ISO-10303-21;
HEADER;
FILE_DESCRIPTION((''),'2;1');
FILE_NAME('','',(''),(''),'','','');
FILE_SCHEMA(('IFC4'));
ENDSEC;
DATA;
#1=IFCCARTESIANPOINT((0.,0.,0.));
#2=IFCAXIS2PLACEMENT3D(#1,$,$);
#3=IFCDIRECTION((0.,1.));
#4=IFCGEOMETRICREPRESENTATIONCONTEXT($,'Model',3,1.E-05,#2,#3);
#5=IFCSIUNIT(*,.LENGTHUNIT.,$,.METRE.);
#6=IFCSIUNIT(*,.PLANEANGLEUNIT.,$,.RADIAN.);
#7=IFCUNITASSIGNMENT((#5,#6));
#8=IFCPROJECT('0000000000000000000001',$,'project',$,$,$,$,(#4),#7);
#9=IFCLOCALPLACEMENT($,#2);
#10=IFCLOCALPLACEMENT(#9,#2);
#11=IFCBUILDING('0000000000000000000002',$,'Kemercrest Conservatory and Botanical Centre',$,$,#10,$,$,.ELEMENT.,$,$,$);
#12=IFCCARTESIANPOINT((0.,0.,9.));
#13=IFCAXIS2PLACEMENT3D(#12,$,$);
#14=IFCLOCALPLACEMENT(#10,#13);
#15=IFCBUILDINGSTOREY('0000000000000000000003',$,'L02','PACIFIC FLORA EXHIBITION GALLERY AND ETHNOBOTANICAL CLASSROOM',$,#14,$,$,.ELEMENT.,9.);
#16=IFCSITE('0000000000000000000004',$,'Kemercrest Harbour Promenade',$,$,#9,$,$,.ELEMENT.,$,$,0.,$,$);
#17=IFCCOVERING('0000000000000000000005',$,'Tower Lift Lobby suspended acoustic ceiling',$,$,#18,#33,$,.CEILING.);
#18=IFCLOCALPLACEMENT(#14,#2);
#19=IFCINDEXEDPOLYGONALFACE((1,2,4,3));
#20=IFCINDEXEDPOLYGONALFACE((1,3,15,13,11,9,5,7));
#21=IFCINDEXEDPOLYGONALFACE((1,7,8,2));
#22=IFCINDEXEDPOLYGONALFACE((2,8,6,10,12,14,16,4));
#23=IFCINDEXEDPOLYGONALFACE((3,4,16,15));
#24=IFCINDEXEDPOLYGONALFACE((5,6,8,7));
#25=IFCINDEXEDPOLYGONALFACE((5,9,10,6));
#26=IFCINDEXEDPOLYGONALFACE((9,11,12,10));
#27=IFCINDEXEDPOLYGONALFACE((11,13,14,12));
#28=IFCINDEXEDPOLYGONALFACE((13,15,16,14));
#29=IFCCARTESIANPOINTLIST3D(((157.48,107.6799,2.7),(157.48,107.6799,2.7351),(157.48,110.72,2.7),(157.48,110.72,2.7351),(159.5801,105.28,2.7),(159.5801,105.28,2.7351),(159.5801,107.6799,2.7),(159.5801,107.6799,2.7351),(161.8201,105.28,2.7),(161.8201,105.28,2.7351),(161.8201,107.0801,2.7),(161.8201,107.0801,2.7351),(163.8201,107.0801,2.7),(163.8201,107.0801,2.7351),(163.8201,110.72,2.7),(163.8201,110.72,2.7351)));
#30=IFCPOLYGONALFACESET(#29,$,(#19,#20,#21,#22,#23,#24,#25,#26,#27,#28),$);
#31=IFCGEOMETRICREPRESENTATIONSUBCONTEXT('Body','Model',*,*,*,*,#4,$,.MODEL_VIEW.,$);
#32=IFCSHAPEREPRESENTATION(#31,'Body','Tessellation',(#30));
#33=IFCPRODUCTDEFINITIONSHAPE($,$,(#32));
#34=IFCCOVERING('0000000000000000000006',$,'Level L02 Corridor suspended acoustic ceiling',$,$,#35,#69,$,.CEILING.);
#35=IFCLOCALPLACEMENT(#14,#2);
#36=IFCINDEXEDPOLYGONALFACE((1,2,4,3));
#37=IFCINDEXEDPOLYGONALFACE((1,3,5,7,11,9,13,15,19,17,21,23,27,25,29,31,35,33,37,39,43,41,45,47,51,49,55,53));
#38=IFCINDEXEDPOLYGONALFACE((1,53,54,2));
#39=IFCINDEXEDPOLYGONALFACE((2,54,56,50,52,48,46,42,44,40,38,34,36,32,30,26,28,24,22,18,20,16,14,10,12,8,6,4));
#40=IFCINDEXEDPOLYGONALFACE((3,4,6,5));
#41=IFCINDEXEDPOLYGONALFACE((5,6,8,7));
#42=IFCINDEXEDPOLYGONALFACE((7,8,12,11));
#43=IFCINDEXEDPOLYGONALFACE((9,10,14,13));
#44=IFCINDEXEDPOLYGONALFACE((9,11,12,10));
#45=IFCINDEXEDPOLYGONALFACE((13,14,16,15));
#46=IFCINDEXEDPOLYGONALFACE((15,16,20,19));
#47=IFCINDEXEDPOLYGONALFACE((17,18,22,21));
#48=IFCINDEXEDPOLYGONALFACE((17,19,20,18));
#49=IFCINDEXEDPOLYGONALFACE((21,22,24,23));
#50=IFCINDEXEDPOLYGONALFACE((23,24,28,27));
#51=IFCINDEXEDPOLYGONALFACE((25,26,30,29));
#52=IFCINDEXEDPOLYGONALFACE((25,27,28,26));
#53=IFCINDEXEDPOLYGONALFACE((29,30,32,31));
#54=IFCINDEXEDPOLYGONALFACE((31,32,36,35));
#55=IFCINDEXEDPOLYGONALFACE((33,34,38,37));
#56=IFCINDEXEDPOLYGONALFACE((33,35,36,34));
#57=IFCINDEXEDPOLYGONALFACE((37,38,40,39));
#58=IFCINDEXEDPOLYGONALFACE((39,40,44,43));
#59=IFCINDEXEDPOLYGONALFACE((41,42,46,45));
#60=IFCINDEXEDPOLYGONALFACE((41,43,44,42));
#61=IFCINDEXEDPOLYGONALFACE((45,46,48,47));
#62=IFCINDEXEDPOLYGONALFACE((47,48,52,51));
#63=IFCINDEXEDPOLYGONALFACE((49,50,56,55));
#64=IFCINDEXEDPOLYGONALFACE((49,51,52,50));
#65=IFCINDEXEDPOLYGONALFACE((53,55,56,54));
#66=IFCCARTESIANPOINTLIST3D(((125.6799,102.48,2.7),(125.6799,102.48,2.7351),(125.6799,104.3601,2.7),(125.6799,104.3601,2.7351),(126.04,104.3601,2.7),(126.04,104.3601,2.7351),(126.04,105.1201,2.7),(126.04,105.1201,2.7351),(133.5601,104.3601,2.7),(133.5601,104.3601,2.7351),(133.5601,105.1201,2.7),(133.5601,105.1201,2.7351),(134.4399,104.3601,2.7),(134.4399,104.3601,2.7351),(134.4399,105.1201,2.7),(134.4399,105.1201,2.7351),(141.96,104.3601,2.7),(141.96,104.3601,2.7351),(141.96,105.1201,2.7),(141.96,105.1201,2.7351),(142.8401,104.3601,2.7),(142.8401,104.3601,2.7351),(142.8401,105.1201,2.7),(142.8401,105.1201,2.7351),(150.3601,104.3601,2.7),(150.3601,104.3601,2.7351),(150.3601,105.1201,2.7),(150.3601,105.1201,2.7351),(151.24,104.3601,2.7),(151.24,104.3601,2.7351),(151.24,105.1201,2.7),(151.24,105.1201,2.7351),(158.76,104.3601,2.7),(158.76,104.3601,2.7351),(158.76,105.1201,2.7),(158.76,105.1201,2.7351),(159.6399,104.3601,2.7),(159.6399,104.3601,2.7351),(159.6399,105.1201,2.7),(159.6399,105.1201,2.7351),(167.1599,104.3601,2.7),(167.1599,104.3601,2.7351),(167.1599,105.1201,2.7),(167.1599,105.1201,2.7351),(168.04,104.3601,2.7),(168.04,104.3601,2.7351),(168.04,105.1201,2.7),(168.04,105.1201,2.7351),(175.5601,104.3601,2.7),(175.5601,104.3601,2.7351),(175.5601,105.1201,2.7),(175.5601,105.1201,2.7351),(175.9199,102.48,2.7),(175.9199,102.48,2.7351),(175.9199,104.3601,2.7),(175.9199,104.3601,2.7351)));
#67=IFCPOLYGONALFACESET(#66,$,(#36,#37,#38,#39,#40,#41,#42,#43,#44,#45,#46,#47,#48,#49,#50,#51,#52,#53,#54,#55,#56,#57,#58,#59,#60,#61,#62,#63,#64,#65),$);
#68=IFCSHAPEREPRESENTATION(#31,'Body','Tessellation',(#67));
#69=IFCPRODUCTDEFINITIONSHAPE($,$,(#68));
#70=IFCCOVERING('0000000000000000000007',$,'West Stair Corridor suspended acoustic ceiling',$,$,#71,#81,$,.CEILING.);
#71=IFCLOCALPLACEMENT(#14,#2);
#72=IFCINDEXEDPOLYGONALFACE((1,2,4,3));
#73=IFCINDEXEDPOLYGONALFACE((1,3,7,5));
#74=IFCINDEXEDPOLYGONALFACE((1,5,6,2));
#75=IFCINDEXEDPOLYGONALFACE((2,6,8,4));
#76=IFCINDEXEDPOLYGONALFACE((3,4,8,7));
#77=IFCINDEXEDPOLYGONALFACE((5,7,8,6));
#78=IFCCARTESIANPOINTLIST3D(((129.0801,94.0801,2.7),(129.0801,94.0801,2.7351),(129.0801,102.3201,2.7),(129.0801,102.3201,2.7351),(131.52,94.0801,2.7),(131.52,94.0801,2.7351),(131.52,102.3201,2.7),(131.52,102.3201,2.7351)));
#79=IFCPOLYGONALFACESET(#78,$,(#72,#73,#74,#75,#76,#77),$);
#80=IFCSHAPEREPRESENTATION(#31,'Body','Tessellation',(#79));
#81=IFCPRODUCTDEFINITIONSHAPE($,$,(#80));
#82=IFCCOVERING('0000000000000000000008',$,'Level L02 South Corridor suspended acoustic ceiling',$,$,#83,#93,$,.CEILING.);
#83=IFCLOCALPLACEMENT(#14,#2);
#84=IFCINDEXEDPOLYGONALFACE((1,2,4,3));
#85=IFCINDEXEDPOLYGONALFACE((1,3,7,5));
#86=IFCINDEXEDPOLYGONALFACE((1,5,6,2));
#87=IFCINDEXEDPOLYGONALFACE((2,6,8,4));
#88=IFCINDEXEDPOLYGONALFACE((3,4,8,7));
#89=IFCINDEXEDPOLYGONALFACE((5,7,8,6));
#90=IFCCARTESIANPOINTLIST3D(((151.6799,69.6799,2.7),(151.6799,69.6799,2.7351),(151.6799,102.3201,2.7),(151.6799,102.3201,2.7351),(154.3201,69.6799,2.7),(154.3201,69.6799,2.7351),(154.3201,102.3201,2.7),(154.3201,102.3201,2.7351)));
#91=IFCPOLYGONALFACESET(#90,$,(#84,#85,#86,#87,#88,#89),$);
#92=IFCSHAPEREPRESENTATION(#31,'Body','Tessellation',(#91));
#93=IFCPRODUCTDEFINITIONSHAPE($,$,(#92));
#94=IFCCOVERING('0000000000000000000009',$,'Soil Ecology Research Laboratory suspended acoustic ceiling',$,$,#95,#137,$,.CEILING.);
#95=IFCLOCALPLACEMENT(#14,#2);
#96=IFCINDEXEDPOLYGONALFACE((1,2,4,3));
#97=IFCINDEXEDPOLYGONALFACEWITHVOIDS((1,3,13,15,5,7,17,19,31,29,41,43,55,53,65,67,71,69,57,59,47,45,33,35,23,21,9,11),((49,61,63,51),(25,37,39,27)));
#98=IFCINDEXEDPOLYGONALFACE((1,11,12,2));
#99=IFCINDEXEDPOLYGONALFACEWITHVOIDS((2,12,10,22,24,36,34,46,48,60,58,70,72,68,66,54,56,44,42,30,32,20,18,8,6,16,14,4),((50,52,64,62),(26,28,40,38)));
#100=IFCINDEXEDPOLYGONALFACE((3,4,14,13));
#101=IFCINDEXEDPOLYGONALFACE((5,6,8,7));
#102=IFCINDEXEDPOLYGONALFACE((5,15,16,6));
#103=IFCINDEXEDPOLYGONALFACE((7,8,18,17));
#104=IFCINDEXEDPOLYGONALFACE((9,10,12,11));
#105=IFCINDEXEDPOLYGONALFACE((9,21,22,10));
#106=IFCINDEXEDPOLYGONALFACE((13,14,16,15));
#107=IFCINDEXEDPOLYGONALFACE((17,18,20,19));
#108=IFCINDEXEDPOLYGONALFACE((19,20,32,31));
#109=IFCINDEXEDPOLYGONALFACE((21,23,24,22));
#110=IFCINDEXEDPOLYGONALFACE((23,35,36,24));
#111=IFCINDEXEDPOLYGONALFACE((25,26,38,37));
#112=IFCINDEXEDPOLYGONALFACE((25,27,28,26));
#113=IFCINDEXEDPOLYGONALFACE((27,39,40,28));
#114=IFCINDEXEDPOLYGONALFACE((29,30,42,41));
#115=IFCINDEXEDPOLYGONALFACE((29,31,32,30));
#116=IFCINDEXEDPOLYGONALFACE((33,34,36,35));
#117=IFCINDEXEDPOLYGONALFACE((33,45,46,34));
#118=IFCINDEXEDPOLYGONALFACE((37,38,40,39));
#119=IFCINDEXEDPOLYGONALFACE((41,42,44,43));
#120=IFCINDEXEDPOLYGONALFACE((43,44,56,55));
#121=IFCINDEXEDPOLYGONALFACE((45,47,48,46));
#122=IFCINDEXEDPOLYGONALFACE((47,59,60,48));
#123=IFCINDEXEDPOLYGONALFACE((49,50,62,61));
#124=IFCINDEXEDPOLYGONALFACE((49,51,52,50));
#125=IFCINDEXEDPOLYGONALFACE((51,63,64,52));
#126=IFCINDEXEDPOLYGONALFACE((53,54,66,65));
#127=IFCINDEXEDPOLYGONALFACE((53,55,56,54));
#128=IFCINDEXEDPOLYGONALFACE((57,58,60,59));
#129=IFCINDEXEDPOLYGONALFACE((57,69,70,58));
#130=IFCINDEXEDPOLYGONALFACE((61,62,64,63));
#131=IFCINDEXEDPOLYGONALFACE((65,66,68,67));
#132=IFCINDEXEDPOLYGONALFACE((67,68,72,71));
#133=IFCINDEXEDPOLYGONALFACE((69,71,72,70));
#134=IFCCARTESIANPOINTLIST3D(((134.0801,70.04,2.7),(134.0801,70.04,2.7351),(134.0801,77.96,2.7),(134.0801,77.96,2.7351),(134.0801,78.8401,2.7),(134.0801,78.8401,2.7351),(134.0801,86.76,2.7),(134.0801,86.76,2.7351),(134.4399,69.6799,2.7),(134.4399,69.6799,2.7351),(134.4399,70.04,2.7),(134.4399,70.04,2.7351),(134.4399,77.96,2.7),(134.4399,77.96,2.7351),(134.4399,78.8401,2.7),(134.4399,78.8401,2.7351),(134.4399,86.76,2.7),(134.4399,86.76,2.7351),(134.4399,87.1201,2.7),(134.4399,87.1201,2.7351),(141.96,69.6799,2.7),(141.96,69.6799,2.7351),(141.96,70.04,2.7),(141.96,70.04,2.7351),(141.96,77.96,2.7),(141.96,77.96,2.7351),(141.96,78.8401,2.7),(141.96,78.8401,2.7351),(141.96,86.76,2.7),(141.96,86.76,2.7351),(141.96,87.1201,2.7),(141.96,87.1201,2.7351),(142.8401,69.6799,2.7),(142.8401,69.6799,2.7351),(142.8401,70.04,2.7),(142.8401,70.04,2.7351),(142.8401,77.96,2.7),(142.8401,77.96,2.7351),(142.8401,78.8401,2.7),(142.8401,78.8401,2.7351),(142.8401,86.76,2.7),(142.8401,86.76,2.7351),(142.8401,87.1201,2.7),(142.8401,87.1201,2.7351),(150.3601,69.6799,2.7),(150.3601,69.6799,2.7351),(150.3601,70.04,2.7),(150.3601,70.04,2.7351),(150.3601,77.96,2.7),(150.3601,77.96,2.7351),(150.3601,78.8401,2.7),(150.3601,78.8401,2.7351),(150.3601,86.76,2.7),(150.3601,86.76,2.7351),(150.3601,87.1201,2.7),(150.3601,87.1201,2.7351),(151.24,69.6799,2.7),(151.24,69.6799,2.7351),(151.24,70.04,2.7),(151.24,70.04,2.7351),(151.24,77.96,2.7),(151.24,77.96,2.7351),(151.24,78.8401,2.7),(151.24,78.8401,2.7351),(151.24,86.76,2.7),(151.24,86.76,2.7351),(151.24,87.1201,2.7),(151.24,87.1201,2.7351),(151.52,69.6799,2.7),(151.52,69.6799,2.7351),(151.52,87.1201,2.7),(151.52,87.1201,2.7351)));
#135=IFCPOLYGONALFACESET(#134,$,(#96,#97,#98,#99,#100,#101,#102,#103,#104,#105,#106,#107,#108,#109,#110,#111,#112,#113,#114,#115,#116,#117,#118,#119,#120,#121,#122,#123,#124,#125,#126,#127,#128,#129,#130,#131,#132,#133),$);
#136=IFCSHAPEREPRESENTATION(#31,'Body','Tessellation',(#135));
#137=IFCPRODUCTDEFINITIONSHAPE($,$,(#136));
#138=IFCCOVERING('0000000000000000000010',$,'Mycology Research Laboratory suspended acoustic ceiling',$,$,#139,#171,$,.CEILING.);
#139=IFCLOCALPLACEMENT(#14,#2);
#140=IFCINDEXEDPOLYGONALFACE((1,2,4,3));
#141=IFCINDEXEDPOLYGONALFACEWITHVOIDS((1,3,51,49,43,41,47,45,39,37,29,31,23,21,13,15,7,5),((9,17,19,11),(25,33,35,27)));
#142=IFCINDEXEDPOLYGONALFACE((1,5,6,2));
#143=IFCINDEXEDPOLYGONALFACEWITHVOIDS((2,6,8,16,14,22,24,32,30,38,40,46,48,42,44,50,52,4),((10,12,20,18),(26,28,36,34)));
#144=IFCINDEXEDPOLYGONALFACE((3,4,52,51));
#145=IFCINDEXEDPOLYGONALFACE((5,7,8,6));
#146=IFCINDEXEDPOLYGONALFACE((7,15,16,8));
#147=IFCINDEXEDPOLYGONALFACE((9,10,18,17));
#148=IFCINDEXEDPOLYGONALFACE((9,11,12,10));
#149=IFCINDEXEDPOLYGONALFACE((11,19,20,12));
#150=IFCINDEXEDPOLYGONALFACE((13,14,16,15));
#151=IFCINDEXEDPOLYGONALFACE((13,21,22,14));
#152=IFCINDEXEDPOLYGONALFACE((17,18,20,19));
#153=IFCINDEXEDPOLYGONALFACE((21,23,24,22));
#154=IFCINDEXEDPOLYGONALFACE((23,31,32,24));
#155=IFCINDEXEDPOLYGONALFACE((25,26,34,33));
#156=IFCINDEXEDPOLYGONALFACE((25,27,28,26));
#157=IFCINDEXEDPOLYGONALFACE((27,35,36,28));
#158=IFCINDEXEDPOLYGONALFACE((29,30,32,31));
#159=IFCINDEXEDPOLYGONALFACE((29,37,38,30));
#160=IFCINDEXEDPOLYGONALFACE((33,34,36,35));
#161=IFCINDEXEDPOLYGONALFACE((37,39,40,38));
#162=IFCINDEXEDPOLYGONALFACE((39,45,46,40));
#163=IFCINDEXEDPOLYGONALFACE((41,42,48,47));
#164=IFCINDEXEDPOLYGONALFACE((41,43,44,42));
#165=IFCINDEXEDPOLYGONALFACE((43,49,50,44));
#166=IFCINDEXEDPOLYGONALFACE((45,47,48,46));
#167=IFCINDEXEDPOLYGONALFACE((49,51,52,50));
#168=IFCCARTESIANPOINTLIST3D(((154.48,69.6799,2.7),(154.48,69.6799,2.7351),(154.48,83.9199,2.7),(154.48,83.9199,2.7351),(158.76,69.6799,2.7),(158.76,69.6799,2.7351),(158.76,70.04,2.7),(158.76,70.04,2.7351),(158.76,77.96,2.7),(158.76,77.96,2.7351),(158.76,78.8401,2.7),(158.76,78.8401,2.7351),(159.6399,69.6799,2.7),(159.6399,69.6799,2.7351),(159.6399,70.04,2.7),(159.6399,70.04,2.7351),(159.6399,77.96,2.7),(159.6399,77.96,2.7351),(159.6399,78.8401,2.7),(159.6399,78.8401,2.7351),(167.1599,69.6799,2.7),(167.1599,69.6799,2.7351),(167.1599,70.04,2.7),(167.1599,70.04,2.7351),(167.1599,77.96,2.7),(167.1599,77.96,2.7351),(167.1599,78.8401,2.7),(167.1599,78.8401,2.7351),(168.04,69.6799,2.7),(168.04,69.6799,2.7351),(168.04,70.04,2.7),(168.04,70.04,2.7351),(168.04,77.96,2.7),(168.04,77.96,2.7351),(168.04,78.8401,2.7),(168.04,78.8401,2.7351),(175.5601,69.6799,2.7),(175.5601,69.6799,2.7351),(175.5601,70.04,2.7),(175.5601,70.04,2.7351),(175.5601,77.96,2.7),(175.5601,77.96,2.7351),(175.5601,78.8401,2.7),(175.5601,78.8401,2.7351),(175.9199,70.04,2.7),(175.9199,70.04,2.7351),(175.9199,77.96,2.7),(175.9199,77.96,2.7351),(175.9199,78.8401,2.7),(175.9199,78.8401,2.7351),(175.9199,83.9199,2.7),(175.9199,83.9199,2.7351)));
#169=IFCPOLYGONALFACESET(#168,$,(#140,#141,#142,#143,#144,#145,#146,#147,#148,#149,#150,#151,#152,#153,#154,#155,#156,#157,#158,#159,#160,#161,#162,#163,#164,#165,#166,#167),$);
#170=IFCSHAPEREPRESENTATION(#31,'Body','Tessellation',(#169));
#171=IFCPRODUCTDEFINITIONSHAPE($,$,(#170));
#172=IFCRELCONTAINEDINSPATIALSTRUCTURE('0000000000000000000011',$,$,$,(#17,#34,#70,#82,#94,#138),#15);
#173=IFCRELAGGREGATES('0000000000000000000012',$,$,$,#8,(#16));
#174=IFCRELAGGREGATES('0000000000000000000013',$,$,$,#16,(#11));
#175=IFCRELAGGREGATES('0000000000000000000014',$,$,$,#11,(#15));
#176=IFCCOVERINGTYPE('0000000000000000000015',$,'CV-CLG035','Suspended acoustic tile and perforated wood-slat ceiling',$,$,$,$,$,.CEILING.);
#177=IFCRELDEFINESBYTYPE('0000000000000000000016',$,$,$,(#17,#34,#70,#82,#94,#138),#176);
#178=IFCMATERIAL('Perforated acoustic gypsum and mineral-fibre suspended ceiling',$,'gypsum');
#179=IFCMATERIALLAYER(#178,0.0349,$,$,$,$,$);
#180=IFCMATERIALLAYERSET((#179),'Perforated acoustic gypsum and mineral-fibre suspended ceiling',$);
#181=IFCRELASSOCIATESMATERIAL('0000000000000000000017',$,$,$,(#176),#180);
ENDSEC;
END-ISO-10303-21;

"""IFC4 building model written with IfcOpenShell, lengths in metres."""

from ifc_helpers import new_model, si_unit, direction, frame, origin, place, context, subcontext, project, spatial, polyline, outline, extrude, material, layer, layer_set, type_object, element, save


model = new_model("IFC4")

# Units and contexts
model_context = context("Model", 3, precision=1e-05, world=origin(), true_north=direction((0.0, 1.0)))
body_context = subcontext(model_context, "Body", "Model", "MODEL_VIEW")
ifc_project = project(units=[si_unit("LENGTHUNIT", "METRE"), si_unit("PLANEANGLEUNIT", "RADIAN")], contexts=[model_context])

# Site, building, storey
site_placement = place(None, origin())
site = spatial("IfcSite", under=ifc_project, at=site_placement, Name="Kemercrest Harbour Promenade", CompositionType="ELEMENT", RefElevation=0.0)
building_placement = place(site_placement, origin())
building = spatial("IfcBuilding", under=site, at=building_placement, Name="Kemercrest Conservatory and Botanical Centre", CompositionType="ELEMENT")
storey_placement = place(building_placement, frame((0.0, 0.0, 9.0)))
storey = spatial("IfcBuildingStorey", under=building, at=storey_placement, Name="L02", Description="PACIFIC FLORA EXHIBITION GALLERY AND ETHNOBOTANICAL CLASSROOM", CompositionType="ELEMENT", Elevation=9.0)

# Coverings
ifc_material_1 = material(Name="Perforated acoustic gypsum and mineral-fibre suspended ceiling", Category="gypsum")
ifc_layer_1 = layer(ifc_material_1, 0.0349)
ifc_layer_set_1 = layer_set([ifc_layer_1], Name="Perforated acoustic gypsum and mineral-fibre suspended ceiling")
covering_type_1 = type_object("IfcCoveringType", Name="CV-CLG035", Description="Suspended acoustic tile and perforated wood-slat ceiling", PredefinedType="CEILING", material=ifc_layer_set_1)
covering_1_placement = place(storey_placement, frame((0.0, 0.0, 2.7)))
element("IfcCovering", 1, at=covering_1_placement, inside=storey, type_object=covering_type_1, Name="Tower Lift Lobby suspended acoustic ceiling", PredefinedType="CEILING", context=body_context, shape_type="SweptSolid", body=[
    extrude(outline(polyline([(159.5801, 107.6799), (159.5801, 105.28), (161.8201, 105.28), (161.8201, 107.0801), (163.8201, 107.0801), (163.8201, 110.72), (157.48, 110.72), (157.48, 107.6799), (159.5801, 107.6799)])), origin(), (0.0, 0.0, 1.0), 0.0352),
])
covering_2_placement = place(storey_placement, frame((0.0, 0.0, 2.7)))
element("IfcCovering", 2, at=covering_2_placement, inside=storey, type_object=covering_type_1, Name="Level L02 Corridor suspended acoustic ceiling", PredefinedType="CEILING", context=body_context, shape_type="SweptSolid", body=[
    extrude(outline(polyline([(125.6799, 102.48), (175.9199, 102.48), (175.9199, 104.3601), (175.5601, 104.3601), (175.5601, 105.1201), (168.04, 105.1201), (168.04, 104.3601), (167.1599, 104.3601), (167.1599, 105.1201), (159.6399, 105.1201), (159.6399, 104.3601), (158.76, 104.3601), (158.76, 105.1201), (151.24, 105.1201), (151.24, 104.3601), (150.3601, 104.3601), (150.3601, 105.1201), (142.8401, 105.1201), (142.8401, 104.3601), (141.96, 104.3601), (141.96, 105.1201), (134.4399, 105.1201), (134.4399, 104.3601), (133.5601, 104.3601), (133.5601, 105.1201), (126.04, 105.1201), (126.04, 104.3601), (125.6799, 104.3601), (125.6799, 102.48)])), origin(), (0.0, 0.0, 1.0), 0.0352),
])
covering_3_placement = place(storey_placement, frame((0.0, 0.0, 2.7)))
element("IfcCovering", 3, at=covering_3_placement, inside=storey, type_object=covering_type_1, Name="West Stair Corridor suspended acoustic ceiling", PredefinedType="CEILING", context=body_context, shape_type="SweptSolid", body=[
    extrude(outline(polyline([(129.0801, 94.0801), (131.52, 94.0801), (131.52, 102.3201), (129.0801, 102.3201), (129.0801, 94.0801)])), origin(), (0.0, 0.0, 1.0), 0.0352),
])
covering_4_placement = place(storey_placement, frame((0.0, 0.0, 2.7)))
element("IfcCovering", 4, at=covering_4_placement, inside=storey, type_object=covering_type_1, Name="Level L02 South Corridor suspended acoustic ceiling", PredefinedType="CEILING", context=body_context, shape_type="SweptSolid", body=[
    extrude(outline(polyline([(151.6799, 69.6799), (154.3201, 69.6799), (154.3201, 102.3201), (151.6799, 102.3201), (151.6799, 69.6799)])), origin(), (0.0, 0.0, 1.0), 0.0352),
])
covering_5_placement = place(storey_placement, frame((0.0, 0.0, 2.7)))
element("IfcCovering", 5, at=covering_5_placement, inside=storey, type_object=covering_type_1, Name="Soil Ecology Research Laboratory suspended acoustic ceiling", PredefinedType="CEILING", context=body_context, shape_type="SweptSolid", body=[
    extrude(outline(polyline([(150.3601, 70.04), (151.24, 70.04), (151.24, 69.6799), (151.52, 69.6799), (151.52, 87.1201), (151.24, 87.1201), (151.24, 86.76), (150.3601, 86.76), (150.3601, 87.1201), (142.8401, 87.1201), (142.8401, 86.76), (141.96, 86.76), (141.96, 87.1201), (134.4399, 87.1201), (134.4399, 86.76), (134.0801, 86.76), (134.0801, 78.8401), (134.4399, 78.8401), (134.4399, 77.96), (134.0801, 77.96), (134.0801, 70.04), (134.4399, 70.04), (134.4399, 69.6799), (141.96, 69.6799), (141.96, 70.04), (142.8401, 70.04), (142.8401, 69.6799), (150.3601, 69.6799), (150.3601, 70.04)]), holes=[polyline([(151.24, 77.96), (150.3601, 77.96), (150.3601, 78.8401), (151.24, 78.8401), (151.24, 77.96)]), polyline([(142.8401, 77.96), (141.96, 77.96), (141.96, 78.8401), (142.8401, 78.8401), (142.8401, 77.96)])]), origin(), (0.0, 0.0, 1.0), 0.0352),
])
covering_6_placement = place(storey_placement, frame((0.0, 0.0, 2.7)))
element("IfcCovering", 6, at=covering_6_placement, inside=storey, type_object=covering_type_1, Name="Mycology Research Laboratory suspended acoustic ceiling", PredefinedType="CEILING", context=body_context, shape_type="SweptSolid", body=[
    extrude(outline(polyline([(167.1599, 70.04), (168.04, 70.04), (168.04, 69.6799), (175.5601, 69.6799), (175.5601, 70.04), (175.9199, 70.04), (175.9199, 77.96), (175.5601, 77.96), (175.5601, 78.8401), (175.9199, 78.8401), (175.9199, 83.9199), (154.48, 83.9199), (154.48, 69.6799), (158.76, 69.6799), (158.76, 70.04), (159.6399, 70.04), (159.6399, 69.6799), (167.1599, 69.6799), (167.1599, 70.04)]), holes=[polyline([(168.04, 77.96), (167.1599, 77.96), (167.1599, 78.8401), (168.04, 78.8401), (168.04, 77.96)]), polyline([(159.6399, 77.96), (158.76, 77.96), (158.76, 78.8401), (159.6399, 78.8401), (159.6399, 77.96)])]), origin(), (0.0, 0.0, 1.0), 0.0352),
])

save(model, "model.ifc")
